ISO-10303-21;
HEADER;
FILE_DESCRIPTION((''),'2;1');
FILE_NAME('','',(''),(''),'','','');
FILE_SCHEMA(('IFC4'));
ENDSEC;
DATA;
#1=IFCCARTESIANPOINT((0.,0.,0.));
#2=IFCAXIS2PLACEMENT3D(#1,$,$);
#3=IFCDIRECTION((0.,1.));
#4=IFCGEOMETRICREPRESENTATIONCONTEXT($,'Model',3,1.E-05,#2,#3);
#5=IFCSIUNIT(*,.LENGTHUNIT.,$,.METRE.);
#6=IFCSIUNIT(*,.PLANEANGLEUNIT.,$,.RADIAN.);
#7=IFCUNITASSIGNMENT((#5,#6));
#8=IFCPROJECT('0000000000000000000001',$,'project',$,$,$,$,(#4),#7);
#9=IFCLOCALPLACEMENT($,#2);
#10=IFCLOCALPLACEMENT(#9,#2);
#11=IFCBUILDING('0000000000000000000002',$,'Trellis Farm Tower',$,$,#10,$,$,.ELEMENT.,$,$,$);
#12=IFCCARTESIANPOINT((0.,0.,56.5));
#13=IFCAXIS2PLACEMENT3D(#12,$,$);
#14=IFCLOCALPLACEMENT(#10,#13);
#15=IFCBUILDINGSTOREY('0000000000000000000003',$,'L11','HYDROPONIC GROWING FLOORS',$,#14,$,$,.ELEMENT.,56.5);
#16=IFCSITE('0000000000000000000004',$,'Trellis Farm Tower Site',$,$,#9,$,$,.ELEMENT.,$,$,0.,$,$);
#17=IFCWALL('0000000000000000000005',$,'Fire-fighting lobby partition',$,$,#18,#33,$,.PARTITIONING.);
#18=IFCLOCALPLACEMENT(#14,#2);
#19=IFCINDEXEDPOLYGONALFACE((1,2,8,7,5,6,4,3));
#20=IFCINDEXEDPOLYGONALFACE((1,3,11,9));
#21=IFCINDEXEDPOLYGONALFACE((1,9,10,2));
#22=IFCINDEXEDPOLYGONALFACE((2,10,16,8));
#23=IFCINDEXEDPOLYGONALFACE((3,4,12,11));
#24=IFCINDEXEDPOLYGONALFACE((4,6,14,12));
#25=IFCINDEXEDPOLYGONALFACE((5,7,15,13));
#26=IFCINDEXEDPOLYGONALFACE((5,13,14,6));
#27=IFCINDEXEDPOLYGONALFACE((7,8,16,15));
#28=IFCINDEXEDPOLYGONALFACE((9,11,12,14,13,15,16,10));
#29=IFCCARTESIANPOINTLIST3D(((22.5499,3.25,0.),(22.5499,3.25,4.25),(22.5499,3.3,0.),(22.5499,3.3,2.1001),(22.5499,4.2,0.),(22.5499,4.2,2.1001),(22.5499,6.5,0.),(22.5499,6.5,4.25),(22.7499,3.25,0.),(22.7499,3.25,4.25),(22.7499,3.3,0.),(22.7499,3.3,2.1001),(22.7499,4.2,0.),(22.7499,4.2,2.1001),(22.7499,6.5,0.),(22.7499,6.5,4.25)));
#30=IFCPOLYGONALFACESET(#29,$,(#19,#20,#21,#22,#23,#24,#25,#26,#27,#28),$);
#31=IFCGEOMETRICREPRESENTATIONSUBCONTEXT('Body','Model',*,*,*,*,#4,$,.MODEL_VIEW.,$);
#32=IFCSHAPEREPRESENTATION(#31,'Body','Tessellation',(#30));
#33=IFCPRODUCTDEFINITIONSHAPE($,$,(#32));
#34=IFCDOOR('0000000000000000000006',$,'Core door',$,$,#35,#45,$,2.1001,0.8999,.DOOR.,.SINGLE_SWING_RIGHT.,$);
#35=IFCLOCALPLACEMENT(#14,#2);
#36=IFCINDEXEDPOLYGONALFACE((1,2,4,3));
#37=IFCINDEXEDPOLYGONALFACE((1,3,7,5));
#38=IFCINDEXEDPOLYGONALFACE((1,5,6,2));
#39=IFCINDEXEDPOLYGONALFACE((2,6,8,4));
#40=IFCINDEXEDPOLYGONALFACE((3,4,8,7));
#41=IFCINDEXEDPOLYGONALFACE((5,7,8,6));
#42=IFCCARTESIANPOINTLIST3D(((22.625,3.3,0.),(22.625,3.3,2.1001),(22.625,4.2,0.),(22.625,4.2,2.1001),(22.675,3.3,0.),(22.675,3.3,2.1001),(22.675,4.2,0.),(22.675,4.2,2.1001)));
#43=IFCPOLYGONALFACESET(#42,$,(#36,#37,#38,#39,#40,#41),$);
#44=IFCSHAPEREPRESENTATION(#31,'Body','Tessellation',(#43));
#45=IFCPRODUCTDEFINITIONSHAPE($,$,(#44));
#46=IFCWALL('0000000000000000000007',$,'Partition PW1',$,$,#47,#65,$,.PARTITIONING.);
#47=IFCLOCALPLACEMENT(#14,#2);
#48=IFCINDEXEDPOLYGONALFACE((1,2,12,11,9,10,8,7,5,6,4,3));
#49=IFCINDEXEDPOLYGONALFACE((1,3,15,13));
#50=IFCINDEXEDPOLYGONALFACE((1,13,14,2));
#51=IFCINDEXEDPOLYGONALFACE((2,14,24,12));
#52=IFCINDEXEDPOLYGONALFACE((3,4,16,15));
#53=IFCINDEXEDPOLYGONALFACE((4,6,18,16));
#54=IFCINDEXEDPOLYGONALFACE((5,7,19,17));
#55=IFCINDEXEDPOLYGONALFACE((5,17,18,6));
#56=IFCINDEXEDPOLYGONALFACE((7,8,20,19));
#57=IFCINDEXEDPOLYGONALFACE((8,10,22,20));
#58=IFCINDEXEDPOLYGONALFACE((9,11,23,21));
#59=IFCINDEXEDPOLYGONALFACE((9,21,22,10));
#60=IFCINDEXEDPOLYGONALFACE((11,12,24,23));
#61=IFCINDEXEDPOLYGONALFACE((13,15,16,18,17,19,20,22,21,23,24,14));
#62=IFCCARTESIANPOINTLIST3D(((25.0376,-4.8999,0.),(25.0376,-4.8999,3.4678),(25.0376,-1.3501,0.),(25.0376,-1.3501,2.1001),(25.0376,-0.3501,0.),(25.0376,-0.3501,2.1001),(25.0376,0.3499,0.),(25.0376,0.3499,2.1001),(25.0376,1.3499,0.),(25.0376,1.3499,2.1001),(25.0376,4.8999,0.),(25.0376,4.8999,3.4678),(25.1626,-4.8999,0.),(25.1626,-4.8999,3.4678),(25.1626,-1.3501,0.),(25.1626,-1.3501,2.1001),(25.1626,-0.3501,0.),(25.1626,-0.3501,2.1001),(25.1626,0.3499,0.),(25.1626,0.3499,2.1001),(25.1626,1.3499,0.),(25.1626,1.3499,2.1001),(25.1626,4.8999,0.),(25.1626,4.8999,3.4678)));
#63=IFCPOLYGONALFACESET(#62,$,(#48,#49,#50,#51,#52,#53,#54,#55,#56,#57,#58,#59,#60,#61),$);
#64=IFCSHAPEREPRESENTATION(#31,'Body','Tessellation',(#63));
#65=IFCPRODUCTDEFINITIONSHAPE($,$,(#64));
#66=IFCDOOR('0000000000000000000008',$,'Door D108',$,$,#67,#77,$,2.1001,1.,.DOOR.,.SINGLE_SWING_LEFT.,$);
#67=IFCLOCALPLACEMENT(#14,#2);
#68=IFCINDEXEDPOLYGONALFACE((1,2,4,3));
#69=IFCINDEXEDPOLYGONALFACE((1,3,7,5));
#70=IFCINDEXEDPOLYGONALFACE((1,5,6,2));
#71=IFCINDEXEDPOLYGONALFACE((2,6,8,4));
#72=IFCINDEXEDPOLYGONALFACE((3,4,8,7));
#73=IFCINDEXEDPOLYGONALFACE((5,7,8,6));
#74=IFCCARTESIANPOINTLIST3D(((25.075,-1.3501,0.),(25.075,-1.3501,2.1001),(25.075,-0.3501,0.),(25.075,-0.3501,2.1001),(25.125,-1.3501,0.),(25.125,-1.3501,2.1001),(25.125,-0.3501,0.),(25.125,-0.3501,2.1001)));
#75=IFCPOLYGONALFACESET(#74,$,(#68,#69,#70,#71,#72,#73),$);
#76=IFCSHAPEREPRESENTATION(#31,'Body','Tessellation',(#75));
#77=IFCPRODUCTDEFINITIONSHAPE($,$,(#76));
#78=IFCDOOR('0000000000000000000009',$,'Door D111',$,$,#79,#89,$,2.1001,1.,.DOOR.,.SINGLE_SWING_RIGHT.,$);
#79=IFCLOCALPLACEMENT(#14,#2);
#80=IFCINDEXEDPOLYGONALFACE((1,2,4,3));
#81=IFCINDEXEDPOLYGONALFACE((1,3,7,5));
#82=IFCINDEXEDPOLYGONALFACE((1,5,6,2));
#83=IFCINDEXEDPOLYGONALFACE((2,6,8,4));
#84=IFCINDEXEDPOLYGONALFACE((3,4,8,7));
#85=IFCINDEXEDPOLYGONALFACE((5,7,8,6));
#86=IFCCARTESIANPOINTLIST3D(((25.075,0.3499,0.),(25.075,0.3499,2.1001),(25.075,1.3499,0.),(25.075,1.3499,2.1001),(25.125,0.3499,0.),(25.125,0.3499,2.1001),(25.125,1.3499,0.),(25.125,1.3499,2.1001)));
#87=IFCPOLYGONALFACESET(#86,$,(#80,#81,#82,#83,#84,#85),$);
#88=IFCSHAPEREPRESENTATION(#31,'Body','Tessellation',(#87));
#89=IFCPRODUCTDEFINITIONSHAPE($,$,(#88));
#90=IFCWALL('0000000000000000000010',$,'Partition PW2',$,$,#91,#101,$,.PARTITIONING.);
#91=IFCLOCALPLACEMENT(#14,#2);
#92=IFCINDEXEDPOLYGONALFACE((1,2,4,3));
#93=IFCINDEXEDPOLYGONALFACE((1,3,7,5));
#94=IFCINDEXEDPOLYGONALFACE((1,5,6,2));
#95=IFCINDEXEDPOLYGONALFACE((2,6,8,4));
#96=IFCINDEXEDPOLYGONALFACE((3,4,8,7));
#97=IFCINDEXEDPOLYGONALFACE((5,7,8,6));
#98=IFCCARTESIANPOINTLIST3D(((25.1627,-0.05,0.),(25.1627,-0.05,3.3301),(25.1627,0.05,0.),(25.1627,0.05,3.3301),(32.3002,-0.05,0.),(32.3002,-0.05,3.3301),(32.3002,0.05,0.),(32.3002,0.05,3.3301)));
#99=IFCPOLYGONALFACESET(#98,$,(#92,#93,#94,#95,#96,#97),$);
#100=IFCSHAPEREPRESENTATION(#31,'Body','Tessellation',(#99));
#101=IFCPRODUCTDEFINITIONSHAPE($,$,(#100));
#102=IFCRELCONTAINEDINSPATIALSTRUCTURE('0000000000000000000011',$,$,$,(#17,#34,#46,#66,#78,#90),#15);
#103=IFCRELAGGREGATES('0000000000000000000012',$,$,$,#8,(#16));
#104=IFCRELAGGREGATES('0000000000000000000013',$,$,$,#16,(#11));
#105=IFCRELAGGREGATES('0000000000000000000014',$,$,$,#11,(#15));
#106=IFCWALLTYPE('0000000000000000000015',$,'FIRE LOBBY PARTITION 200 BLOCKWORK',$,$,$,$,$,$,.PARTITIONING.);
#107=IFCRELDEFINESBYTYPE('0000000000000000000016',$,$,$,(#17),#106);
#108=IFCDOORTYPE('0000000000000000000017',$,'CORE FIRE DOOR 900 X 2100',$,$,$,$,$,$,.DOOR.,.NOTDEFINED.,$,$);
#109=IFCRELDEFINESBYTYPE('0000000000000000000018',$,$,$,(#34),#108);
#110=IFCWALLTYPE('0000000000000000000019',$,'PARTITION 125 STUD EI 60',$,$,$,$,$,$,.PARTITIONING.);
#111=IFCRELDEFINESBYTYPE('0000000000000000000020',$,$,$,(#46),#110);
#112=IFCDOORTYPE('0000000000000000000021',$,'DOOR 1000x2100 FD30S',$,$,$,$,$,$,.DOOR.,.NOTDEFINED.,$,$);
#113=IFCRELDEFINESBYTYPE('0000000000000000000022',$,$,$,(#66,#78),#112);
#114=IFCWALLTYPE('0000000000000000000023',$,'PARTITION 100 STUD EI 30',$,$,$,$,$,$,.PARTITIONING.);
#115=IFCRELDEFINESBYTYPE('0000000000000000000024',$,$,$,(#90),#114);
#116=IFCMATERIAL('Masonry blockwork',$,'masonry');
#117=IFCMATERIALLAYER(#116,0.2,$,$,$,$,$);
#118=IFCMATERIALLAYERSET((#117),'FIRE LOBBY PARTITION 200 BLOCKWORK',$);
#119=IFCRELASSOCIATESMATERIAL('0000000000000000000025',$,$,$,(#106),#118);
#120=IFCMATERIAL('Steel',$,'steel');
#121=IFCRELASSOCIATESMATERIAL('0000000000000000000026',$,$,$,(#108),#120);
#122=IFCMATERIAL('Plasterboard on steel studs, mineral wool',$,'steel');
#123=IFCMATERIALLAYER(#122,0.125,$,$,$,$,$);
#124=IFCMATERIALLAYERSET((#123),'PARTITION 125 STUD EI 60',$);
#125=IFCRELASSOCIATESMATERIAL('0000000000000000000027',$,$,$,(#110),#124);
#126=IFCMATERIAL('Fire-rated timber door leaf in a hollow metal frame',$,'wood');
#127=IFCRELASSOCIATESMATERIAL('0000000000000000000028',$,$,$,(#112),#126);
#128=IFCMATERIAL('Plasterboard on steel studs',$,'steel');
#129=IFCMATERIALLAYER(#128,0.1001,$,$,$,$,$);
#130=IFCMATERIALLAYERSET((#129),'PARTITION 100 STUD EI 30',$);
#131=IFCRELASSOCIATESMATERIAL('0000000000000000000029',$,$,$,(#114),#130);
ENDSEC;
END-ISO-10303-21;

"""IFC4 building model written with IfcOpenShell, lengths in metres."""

from ifc_helpers import new_model, si_unit, direction, frame, frame_2d, origin, place, context, subcontext, project, spatial, rectangle, extrude, source, transform, mapped, material, layer, layer_set, type_object, element, fill, save


model = new_model("IFC4")

# Units and contexts
model_context = context("Model", 3, precision=1e-05, world=origin(), true_north=direction((0.0, 1.0)))
body_context = subcontext(model_context, "Body", "Model", "MODEL_VIEW")
ifc_project = project(units=[si_unit("LENGTHUNIT", "METRE"), si_unit("PLANEANGLEUNIT", "RADIAN")], contexts=[model_context])

# Site, building, storey
site_placement = place(None, origin())
site = spatial("IfcSite", under=ifc_project, at=site_placement, Name="Trellis Farm Tower Site", CompositionType="ELEMENT", RefElevation=0.0)
building_placement = place(site_placement, origin())
building = spatial("IfcBuilding", under=site, at=building_placement, Name="Trellis Farm Tower", CompositionType="ELEMENT")
storey_placement = place(building_placement, frame((0.0, 0.0, 56.5)))
storey = spatial("IfcBuildingStorey", under=building, at=storey_placement, Name="L11", Description="HYDROPONIC GROWING FLOORS", CompositionType="ELEMENT", Elevation=56.5)

# Wall, opening, door
ifc_material_1 = material(Name="Masonry blockwork", Category="masonry")
ifc_layer_1 = layer(ifc_material_1, 0.2)
ifc_layer_set_1 = layer_set([ifc_layer_1], Name="FIRE LOBBY PARTITION 200 BLOCKWORK")
wall_type_1 = type_object("IfcWallType", Name="FIRE LOBBY PARTITION 200 BLOCKWORK", PredefinedType="PARTITIONING", material=ifc_layer_set_1)
shared_shape_1 = source(origin(), body_context, "Body", "SweptSolid", [
    extrude(rectangle(XDim=3.25, YDim=0.2, at=frame_2d((1.625, 0.0))), origin(), (0.0, 0.0, 1.0), 4.25),
])
ifc_material_2 = material(Name="Steel", Category="steel")
wall_1_placement = place(storey_placement, frame((22.6499, 3.25, 0.0), z_axis=(0.0, 0.0, 1.0), x_axis=(0.0, 1.0, 0.0)))
wall_1 = element("IfcWall", 1, at=wall_1_placement, inside=storey, type_object=wall_type_1, Name="Fire-fighting lobby partition", PredefinedType="PARTITIONING", context=body_context, shape_type="MappedRepresentation", body=[
    mapped(shared_shape_1, transform((0.0, 0.0, 0.0))),
])
shared_shape_2 = source(origin(), body_context, "Body", "SweptSolid", [
    extrude(rectangle(XDim=0.8999, YDim=2.1001, at=frame_2d((0.45, 1.05))), frame((0.0, 0.1101, 0.0), z_axis=(0.0, -1.0, 0.0), x_axis=(1.0, 0.0, 0.0)), (0.0, 0.0, 1.0), 0.2202),
])
opening_1_placement = place(wall_1_placement, frame((0.05, 0.0, 0.0)))
opening_1 = element("IfcOpeningElement", 2, at=opening_1_placement, cuts=wall_1, PredefinedType="OPENING", context=body_context, shape_type="MappedRepresentation", body=[
    mapped(shared_shape_2, transform((0.0, 0.0, 0.0))),
])
door_type_1 = type_object("IfcDoorType", Name="CORE FIRE DOOR 900 X 2100", OperationType="NOTDEFINED", PredefinedType="DOOR", material=ifc_material_2)
shared_shape_3 = source(origin(), body_context, "Body", "SweptSolid", [
    extrude(rectangle(XDim=0.8999, YDim=2.1001, at=frame_2d((0.45, 1.05))), frame((0.0, 0.0249, 0.0), z_axis=(0.0, -1.0, 0.0), x_axis=(1.0, 0.0, 0.0)), (0.0, 0.0, 1.0), 0.05),
])
door_1_placement = place(opening_1_placement, origin())
door_1 = element("IfcDoor", 3, at=door_1_placement, inside=storey, type_object=door_type_1, Name="Core door", OperationType="SINGLE_SWING_RIGHT", OverallHeight=2.1001, OverallWidth=0.8999, PredefinedType="DOOR", context=body_context, shape_type="MappedRepresentation", body=[
    mapped(shared_shape_3, transform((0.0, 0.0, 0.0))),
])
fill(opening_1, door_1)

# Wall, openings, doors
ifc_material_3 = material(Name="Plasterboard on steel studs, mineral wool", Category="steel")
ifc_layer_2 = layer(ifc_material_3, 0.125)
ifc_layer_set_2 = layer_set([ifc_layer_2], Name="PARTITION 125 STUD EI 60")
wall_type_2 = type_object("IfcWallType", Name="PARTITION 125 STUD EI 60", PredefinedType="PARTITIONING", material=ifc_layer_set_2)
shared_shape_4 = source(origin(), body_context, "Body", "SweptSolid", [
    extrude(rectangle(XDim=9.7998, YDim=0.125, at=frame_2d((4.8999, 0.0))), origin(), (0.0, 0.0, 1.0), 3.4678),
])
wall_2_placement = place(storey_placement, frame((25.1001, 4.8999, 0.0), z_axis=(0.0, 0.0, 1.0), x_axis=(0.0, -1.0, 0.0)))
wall_2 = element("IfcWall", 4, at=wall_2_placement, inside=storey, type_object=wall_type_2, Name="Partition PW1", PredefinedType="PARTITIONING", context=body_context, shape_type="MappedRepresentation", body=[
    mapped(shared_shape_4, transform((0.0, 0.0, 0.0))),
])
shared_shape_5 = source(origin(), body_context, "Body", "SweptSolid", [
    extrude(rectangle(XDim=1.0, YDim=2.1001, at=frame_2d((0.5, 1.05))), frame((0.0, 0.0725, 0.0), z_axis=(0.0, -1.0, 0.0), x_axis=(1.0, 0.0, 0.0)), (0.0, 0.0, 1.0), 0.145),
])
opening_2_placement = place(wall_2_placement, frame((5.25, 0.0, 0.0)))
opening_2 = element("IfcOpeningElement", 5, at=opening_2_placement, cuts=wall_2, PredefinedType="OPENING", context=body_context, shape_type="MappedRepresentation", body=[
    mapped(shared_shape_5, transform((0.0, 0.0, 0.0))),
])
opening_3_placement = place(wall_2_placement, frame((3.55, 0.0, 0.0)))
opening_3 = element("IfcOpeningElement", 6, at=opening_3_placement, cuts=wall_2, PredefinedType="OPENING", context=body_context, shape_type="MappedRepresentation", body=[
    mapped(shared_shape_5, transform((0.0, 0.0, 0.0))),
])
ifc_material_4 = material(Name="Fire-rated timber door leaf in a hollow metal frame", Category="wood")
door_type_2 = type_object("IfcDoorType", Name="DOOR 1000x2100 FD30S", OperationType="NOTDEFINED", PredefinedType="DOOR", material=ifc_material_4)
shared_shape_6 = source(origin(), body_context, "Body", "SweptSolid", [
    extrude(rectangle(XDim=1.0, YDim=2.1001, at=frame_2d((0.5, 1.05))), frame((0.0, 0.0249, 0.0), z_axis=(0.0, -1.0, 0.0), x_axis=(1.0, 0.0, 0.0)), (0.0, 0.0, 1.0), 0.05),
])
door_2_placement = place(opening_2_placement, origin())
door_2 = element("IfcDoor", 7, at=door_2_placement, inside=storey, type_object=door_type_2, Name="Door D108", OperationType="SINGLE_SWING_LEFT", OverallHeight=2.1001, OverallWidth=1.0, PredefinedType="DOOR", context=body_context, shape_type="MappedRepresentation", body=[
    mapped(shared_shape_6, transform((0.0, 0.0, 0.0))),
])
fill(opening_2, door_2)
door_3_placement = place(opening_3_placement, origin())
door_3 = element("IfcDoor", 8, at=door_3_placement, inside=storey, type_object=door_type_2, Name="Door D111", OperationType="SINGLE_SWING_RIGHT", OverallHeight=2.1001, OverallWidth=1.0, PredefinedType="DOOR", context=body_context, shape_type="MappedRepresentation", body=[
    mapped(shared_shape_6, transform((0.0, 0.0, 0.0))),
])
fill(opening_3, door_3)

# Wall
ifc_material_5 = material(Name="Plasterboard on steel studs", Category="steel")
ifc_layer_3 = layer(ifc_material_5, 0.1001)
ifc_layer_set_3 = layer_set([ifc_layer_3], Name="PARTITION 100 STUD EI 30")
wall_type_3 = type_object("IfcWallType", Name="PARTITION 100 STUD EI 30", PredefinedType="PARTITIONING", material=ifc_layer_set_3)
shared_shape_7 = source(origin(), body_context, "Body", "SweptSolid", [
    extrude(rectangle(XDim=7.1375, YDim=0.1001, at=frame_2d((3.5688, 0.0))), origin(), (0.0, 0.0, 1.0), 3.3301),
])
wall_3_placement = place(storey_placement, frame((25.1626, 0.0, 0.0), z_axis=(0.0, 0.0, 1.0), x_axis=(1.0, 0.0, 0.0)))
element("IfcWall", 9, at=wall_3_placement, inside=storey, type_object=wall_type_3, Name="Partition PW2", PredefinedType="PARTITIONING", context=body_context, shape_type="MappedRepresentation", body=[
    mapped(shared_shape_7, transform((0.0, 0.0, 0.0))),
])

save(model, "model.ifc")
